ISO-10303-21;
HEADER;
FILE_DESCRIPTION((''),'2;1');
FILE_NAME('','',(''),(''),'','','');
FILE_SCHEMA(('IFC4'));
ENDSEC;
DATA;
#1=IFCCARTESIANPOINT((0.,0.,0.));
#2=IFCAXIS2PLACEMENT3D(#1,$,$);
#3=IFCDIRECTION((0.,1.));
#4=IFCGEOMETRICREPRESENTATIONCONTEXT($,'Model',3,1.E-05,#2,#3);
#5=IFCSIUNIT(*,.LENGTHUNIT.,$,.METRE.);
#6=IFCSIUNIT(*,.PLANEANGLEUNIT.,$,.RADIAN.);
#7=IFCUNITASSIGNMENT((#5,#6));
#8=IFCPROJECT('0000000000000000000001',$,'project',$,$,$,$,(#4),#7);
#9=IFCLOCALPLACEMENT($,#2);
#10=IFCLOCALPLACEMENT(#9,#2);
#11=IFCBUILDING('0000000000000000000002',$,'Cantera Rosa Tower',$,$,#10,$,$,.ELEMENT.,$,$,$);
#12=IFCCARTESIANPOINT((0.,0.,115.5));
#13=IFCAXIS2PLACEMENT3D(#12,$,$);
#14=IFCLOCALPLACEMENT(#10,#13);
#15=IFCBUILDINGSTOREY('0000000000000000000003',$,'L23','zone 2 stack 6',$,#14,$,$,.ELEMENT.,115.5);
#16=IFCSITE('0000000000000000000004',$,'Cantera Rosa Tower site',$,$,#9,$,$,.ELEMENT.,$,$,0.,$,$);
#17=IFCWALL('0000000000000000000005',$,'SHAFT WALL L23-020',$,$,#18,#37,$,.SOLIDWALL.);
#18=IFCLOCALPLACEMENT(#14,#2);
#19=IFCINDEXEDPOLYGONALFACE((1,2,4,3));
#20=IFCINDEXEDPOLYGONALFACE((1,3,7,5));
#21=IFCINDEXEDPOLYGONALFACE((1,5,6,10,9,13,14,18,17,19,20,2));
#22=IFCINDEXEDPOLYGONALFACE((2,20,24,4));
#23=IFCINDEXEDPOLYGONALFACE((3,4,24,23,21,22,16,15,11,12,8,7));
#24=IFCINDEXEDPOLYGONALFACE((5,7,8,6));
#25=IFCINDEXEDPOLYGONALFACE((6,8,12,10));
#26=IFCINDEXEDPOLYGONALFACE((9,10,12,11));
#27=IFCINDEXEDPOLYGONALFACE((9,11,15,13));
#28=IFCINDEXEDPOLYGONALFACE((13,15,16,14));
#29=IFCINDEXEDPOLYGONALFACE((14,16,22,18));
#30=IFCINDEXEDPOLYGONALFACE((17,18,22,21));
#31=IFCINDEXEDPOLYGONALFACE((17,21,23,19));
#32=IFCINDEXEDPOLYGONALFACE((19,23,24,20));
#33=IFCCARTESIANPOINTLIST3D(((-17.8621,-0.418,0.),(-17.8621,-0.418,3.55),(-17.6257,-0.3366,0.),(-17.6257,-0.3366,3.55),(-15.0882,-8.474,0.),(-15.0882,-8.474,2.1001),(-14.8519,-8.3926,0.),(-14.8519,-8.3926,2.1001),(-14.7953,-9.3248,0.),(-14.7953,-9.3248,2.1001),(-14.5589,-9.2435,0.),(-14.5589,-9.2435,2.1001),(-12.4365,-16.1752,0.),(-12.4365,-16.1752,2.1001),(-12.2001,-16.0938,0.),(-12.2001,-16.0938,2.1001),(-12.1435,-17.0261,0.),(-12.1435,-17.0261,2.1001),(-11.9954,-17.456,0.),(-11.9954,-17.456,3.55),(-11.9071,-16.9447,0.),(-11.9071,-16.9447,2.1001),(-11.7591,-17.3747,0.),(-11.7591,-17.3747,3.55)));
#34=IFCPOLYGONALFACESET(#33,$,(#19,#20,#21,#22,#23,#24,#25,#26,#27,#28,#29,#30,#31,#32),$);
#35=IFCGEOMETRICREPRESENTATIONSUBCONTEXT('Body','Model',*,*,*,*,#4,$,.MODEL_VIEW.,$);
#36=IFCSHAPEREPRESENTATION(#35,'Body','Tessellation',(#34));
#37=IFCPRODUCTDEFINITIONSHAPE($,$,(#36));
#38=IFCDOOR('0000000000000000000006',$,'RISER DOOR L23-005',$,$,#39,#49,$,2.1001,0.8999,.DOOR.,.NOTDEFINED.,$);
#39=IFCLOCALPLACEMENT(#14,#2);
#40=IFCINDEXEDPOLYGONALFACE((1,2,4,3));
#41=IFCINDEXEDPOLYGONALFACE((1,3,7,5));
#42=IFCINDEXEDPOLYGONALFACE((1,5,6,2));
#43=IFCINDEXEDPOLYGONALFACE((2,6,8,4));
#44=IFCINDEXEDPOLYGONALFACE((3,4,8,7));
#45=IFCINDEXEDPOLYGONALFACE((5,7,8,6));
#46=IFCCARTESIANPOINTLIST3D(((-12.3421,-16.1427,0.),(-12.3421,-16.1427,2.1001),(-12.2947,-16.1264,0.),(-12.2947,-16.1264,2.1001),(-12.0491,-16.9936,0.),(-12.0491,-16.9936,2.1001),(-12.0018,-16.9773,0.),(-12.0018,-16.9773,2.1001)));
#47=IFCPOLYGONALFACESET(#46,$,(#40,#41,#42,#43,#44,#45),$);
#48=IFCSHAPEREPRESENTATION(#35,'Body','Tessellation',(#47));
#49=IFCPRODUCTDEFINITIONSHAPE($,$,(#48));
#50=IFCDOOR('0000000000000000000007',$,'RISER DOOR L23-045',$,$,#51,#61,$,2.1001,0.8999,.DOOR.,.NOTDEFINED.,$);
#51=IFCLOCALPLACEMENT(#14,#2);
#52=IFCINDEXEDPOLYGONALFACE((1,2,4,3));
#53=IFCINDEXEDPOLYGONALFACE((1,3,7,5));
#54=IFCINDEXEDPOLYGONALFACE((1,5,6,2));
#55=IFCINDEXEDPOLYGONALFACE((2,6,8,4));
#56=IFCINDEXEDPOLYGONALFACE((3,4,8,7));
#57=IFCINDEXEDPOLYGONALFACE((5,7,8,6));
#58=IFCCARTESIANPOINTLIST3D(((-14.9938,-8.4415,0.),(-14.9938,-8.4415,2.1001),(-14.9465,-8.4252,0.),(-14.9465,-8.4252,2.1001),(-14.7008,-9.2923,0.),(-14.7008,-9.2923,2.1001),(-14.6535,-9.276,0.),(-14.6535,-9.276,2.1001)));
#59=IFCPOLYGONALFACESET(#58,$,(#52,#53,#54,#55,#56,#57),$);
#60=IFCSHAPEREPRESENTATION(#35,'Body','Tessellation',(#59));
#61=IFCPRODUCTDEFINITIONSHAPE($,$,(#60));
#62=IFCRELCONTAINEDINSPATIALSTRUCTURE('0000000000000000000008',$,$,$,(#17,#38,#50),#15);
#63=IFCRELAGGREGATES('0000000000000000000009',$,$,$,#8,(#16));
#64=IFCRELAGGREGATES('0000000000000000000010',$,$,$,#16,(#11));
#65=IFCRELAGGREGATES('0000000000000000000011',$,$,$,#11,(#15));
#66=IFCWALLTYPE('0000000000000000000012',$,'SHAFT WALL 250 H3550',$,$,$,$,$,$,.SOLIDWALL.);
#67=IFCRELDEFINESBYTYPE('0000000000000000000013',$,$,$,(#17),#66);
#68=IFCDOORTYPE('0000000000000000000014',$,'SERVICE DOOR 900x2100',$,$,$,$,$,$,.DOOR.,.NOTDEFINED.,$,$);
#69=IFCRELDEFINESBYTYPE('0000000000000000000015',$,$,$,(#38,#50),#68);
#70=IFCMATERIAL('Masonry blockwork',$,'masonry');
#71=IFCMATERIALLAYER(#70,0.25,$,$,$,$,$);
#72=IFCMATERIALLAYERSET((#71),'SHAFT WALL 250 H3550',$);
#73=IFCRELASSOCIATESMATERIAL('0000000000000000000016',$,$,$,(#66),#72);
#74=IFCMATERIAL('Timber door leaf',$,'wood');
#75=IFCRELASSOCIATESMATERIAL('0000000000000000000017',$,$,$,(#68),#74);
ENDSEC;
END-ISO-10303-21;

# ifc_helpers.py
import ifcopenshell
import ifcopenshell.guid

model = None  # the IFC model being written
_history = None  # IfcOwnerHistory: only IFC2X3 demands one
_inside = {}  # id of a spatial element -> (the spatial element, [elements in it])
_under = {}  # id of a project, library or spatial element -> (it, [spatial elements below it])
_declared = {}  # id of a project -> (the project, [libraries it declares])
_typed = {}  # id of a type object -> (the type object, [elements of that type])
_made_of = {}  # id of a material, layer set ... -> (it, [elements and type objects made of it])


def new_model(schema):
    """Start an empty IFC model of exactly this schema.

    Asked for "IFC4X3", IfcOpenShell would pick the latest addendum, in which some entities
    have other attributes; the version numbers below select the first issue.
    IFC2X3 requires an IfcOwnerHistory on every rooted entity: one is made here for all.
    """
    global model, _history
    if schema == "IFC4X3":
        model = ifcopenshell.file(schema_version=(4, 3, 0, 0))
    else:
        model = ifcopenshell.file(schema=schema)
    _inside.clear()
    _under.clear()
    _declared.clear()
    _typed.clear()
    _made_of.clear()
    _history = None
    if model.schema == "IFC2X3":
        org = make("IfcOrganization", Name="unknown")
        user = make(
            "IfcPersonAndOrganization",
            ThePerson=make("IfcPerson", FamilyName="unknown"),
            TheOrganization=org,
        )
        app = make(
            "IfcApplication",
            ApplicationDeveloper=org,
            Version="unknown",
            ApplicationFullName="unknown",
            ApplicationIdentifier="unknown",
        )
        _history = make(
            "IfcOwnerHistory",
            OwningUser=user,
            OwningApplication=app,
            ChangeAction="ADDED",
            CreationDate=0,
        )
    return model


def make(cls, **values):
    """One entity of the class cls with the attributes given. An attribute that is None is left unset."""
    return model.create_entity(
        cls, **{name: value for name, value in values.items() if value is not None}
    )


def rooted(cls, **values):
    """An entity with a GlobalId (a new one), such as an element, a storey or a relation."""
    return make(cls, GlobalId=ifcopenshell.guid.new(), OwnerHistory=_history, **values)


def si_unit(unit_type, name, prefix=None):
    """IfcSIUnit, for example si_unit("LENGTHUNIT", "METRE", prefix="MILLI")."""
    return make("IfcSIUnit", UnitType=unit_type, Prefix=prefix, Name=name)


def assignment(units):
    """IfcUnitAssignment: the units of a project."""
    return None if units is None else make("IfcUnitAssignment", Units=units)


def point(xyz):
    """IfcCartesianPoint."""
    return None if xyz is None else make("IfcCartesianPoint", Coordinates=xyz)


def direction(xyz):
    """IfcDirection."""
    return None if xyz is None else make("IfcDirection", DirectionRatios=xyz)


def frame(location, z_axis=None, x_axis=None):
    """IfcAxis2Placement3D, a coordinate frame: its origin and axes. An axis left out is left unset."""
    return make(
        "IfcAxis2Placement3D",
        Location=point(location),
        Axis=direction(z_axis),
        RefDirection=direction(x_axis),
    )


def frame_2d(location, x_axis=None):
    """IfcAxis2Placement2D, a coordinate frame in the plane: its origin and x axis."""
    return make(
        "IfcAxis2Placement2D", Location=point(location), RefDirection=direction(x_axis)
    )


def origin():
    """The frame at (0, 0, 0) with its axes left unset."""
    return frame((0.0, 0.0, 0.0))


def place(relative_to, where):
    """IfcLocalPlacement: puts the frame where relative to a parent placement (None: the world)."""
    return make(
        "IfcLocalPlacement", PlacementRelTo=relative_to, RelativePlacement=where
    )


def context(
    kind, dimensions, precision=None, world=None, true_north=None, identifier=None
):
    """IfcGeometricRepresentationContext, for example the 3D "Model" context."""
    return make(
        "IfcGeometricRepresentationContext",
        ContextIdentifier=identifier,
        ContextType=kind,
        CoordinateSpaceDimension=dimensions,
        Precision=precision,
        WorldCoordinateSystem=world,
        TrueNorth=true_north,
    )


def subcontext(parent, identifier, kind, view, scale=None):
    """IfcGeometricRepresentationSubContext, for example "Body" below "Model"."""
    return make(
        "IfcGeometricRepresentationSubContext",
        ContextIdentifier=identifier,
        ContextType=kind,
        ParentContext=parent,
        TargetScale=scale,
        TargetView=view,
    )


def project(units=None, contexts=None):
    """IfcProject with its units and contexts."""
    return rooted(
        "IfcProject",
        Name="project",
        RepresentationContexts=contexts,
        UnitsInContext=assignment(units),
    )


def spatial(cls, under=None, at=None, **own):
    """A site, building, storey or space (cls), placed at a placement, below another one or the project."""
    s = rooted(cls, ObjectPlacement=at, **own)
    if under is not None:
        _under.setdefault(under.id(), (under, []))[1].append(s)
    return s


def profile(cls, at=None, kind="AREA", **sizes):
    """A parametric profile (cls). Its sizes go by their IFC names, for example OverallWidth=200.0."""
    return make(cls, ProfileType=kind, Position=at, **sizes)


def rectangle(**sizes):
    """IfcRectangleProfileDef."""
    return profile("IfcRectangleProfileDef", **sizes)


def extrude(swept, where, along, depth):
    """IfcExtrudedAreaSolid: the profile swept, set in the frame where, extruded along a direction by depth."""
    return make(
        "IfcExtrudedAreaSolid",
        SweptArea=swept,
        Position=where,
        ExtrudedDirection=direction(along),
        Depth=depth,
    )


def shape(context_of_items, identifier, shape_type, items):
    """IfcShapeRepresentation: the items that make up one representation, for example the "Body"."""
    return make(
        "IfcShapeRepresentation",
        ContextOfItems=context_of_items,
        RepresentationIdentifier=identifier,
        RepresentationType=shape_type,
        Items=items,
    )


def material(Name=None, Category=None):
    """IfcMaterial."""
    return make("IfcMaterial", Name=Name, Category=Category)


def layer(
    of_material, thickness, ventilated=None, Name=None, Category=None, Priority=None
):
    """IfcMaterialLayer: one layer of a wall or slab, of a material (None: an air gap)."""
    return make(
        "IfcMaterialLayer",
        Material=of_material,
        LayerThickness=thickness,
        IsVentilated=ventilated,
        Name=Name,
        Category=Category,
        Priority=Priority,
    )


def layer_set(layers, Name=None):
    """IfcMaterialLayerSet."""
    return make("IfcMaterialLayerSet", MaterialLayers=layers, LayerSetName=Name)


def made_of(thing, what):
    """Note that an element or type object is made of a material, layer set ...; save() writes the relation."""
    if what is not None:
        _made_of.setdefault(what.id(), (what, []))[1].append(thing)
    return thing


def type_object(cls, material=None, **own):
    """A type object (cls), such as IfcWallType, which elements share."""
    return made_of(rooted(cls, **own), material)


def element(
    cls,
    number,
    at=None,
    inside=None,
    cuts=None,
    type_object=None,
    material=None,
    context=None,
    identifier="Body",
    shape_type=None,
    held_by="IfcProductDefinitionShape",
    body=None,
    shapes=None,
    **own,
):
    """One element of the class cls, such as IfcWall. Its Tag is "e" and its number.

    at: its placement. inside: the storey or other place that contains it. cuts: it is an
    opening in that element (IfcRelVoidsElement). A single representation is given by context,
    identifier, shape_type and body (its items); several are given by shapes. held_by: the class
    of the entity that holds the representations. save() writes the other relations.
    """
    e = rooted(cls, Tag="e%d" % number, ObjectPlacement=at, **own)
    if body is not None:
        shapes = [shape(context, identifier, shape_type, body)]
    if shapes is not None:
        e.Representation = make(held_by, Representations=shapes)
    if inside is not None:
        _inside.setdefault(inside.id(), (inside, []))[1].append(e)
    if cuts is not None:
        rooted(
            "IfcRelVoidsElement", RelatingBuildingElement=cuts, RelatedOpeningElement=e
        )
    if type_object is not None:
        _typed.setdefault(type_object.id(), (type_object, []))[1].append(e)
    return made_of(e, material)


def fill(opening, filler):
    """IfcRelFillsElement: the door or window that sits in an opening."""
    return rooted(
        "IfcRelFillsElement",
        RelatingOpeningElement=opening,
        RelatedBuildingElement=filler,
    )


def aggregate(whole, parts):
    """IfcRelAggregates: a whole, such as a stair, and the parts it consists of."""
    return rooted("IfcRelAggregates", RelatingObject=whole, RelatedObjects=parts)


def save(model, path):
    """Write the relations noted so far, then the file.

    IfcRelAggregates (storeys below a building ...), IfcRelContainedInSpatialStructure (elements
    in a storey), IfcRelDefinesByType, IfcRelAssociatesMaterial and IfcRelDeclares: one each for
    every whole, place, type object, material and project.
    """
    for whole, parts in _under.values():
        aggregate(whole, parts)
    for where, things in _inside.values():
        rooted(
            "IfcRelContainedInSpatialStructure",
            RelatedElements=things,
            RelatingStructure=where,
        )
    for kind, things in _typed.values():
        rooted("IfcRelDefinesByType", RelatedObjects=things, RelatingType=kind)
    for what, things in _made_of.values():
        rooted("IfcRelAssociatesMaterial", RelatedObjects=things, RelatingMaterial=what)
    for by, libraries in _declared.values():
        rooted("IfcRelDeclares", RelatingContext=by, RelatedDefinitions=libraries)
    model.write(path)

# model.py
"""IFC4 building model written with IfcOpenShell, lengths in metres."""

from ifc_helpers import new_model, si_unit, direction, frame, frame_2d, origin, place, context, subcontext, project, spatial, rectangle, extrude, material, layer, layer_set, type_object, element, fill, save


model = new_model("IFC4")

# Units and contexts
model_context = context("Model", 3, precision=1e-05, world=origin(), true_north=direction((0.0, 1.0)))
body_context = subcontext(model_context, "Body", "Model", "MODEL_VIEW")
ifc_project = project(units=[si_unit("LENGTHUNIT", "METRE"), si_unit("PLANEANGLEUNIT", "RADIAN")], contexts=[model_context])

# Site, building, storey
site_placement = place(None, origin())
site = spatial("IfcSite", under=ifc_project, at=site_placement, Name="Cantera Rosa Tower site", CompositionType="ELEMENT", RefElevation=0.0)
building_placement = place(site_placement, origin())
building = spatial("IfcBuilding", under=site, at=building_placement, Name="Cantera Rosa Tower", CompositionType="ELEMENT")
storey_placement = place(building_placement, frame((0.0, 0.0, 115.5)))
storey = spatial("IfcBuildingStorey", under=building, at=storey_placement, Name="L23", Description="zone 2 stack 6", CompositionType="ELEMENT", Elevation=115.5)

# Shared definitions
ifc_material_1 = material(Name="Masonry blockwork", Category="masonry")
ifc_layer_1 = layer(ifc_material_1, 0.25)
ifc_layer_set_1 = layer_set([ifc_layer_1], Name="SHAFT WALL 250 H3550")
wall_type_1 = type_object("IfcWallType", Name="SHAFT WALL 250 H3550", PredefinedType="SOLIDWALL", material=ifc_layer_set_1)

# Wall, openings, doors
wall_1_placement = place(storey_placement, frame((-17.7439, -0.3774, 0.0), z_axis=(0.0, 0.0, 1.0), x_axis=(0.325569, -0.945518, 0.0)))
wall_1 = element("IfcWall", 1, at=wall_1_placement, inside=storey, type_object=wall_type_1, Name="SHAFT WALL L23-020", PredefinedType="SOLIDWALL", context=body_context, shape_type="SweptSolid", body=[
    extrude(rectangle(XDim=18.0198, YDim=0.25, at=frame_2d((9.0098, 0.0))), origin(), (0.0, 0.0, 1.0), 3.55),
])
opening_1_placement = place(wall_1_placement, frame((16.665, 0.0, 0.0)))
opening_1 = element("IfcOpeningElement", 2, at=opening_1_placement, cuts=wall_1, PredefinedType="OPENING", context=body_context, shape_type="SweptSolid", body=[
    extrude(rectangle(XDim=0.8999, YDim=2.1001, at=frame_2d((0.45, 1.05))), frame((0.0, 0.135, 0.0), z_axis=(0.0, -1.0, 0.0), x_axis=(1.0, 0.0, 0.0)), (0.0, 0.0, 1.0), 0.27),
])
opening_2_placement = place(wall_1_placement, frame((8.52, 0.0, 0.0)))
opening_2 = element("IfcOpeningElement", 3, at=opening_2_placement, cuts=wall_1, PredefinedType="OPENING", context=body_context, shape_type="SweptSolid", body=[
    extrude(rectangle(XDim=0.8999, YDim=2.1001, at=frame_2d((0.45, 1.05))), frame((0.0, 0.135, 0.0), z_axis=(0.0, -1.0, 0.0), x_axis=(1.0, 0.0, 0.0)), (0.0, 0.0, 1.0), 0.27),
])
ifc_material_2 = material(Name="Timber door leaf", Category="wood")
door_type_1 = type_object("IfcDoorType", Name="SERVICE DOOR 900x2100", OperationType="NOTDEFINED", PredefinedType="DOOR", material=ifc_material_2)
door_1_placement = place(opening_1_placement, origin())
door_1 = element("IfcDoor", 4, at=door_1_placement, inside=storey, type_object=door_type_1, Name="RISER DOOR L23-005", OperationType="NOTDEFINED", OverallHeight=2.1001, OverallWidth=0.8999, PredefinedType="DOOR", context=body_context, shape_type="SweptSolid", body=[
    extrude(rectangle(XDim=0.8999, YDim=2.1001, at=frame_2d((0.45, 1.05))), frame((0.0, 0.0249, 0.0), z_axis=(0.0, -1.0, 0.0), x_axis=(1.0, 0.0, 0.0)), (0.0, 0.0, 1.0), 0.05),
])
fill(opening_1, door_1)
door_2_placement = place(opening_2_placement, origin())
door_2 = element("IfcDoor", 5, at=door_2_placement, inside=storey, type_object=door_type_1, Name="RISER DOOR L23-045", OperationType="NOTDEFINED", OverallHeight=2.1001, OverallWidth=0.8999, PredefinedType="DOOR", context=body_context, shape_type="SweptSolid", body=[
    extrude(rectangle(XDim=0.8999, YDim=2.1001, at=frame_2d((0.45, 1.05))), frame((0.0, 0.0249, 0.0), z_axis=(0.0, -1.0, 0.0), x_axis=(1.0, 0.0, 0.0)), (0.0, 0.0, 1.0), 0.05),
])
fill(opening_2, door_2)

save(model, "model.ifc")
